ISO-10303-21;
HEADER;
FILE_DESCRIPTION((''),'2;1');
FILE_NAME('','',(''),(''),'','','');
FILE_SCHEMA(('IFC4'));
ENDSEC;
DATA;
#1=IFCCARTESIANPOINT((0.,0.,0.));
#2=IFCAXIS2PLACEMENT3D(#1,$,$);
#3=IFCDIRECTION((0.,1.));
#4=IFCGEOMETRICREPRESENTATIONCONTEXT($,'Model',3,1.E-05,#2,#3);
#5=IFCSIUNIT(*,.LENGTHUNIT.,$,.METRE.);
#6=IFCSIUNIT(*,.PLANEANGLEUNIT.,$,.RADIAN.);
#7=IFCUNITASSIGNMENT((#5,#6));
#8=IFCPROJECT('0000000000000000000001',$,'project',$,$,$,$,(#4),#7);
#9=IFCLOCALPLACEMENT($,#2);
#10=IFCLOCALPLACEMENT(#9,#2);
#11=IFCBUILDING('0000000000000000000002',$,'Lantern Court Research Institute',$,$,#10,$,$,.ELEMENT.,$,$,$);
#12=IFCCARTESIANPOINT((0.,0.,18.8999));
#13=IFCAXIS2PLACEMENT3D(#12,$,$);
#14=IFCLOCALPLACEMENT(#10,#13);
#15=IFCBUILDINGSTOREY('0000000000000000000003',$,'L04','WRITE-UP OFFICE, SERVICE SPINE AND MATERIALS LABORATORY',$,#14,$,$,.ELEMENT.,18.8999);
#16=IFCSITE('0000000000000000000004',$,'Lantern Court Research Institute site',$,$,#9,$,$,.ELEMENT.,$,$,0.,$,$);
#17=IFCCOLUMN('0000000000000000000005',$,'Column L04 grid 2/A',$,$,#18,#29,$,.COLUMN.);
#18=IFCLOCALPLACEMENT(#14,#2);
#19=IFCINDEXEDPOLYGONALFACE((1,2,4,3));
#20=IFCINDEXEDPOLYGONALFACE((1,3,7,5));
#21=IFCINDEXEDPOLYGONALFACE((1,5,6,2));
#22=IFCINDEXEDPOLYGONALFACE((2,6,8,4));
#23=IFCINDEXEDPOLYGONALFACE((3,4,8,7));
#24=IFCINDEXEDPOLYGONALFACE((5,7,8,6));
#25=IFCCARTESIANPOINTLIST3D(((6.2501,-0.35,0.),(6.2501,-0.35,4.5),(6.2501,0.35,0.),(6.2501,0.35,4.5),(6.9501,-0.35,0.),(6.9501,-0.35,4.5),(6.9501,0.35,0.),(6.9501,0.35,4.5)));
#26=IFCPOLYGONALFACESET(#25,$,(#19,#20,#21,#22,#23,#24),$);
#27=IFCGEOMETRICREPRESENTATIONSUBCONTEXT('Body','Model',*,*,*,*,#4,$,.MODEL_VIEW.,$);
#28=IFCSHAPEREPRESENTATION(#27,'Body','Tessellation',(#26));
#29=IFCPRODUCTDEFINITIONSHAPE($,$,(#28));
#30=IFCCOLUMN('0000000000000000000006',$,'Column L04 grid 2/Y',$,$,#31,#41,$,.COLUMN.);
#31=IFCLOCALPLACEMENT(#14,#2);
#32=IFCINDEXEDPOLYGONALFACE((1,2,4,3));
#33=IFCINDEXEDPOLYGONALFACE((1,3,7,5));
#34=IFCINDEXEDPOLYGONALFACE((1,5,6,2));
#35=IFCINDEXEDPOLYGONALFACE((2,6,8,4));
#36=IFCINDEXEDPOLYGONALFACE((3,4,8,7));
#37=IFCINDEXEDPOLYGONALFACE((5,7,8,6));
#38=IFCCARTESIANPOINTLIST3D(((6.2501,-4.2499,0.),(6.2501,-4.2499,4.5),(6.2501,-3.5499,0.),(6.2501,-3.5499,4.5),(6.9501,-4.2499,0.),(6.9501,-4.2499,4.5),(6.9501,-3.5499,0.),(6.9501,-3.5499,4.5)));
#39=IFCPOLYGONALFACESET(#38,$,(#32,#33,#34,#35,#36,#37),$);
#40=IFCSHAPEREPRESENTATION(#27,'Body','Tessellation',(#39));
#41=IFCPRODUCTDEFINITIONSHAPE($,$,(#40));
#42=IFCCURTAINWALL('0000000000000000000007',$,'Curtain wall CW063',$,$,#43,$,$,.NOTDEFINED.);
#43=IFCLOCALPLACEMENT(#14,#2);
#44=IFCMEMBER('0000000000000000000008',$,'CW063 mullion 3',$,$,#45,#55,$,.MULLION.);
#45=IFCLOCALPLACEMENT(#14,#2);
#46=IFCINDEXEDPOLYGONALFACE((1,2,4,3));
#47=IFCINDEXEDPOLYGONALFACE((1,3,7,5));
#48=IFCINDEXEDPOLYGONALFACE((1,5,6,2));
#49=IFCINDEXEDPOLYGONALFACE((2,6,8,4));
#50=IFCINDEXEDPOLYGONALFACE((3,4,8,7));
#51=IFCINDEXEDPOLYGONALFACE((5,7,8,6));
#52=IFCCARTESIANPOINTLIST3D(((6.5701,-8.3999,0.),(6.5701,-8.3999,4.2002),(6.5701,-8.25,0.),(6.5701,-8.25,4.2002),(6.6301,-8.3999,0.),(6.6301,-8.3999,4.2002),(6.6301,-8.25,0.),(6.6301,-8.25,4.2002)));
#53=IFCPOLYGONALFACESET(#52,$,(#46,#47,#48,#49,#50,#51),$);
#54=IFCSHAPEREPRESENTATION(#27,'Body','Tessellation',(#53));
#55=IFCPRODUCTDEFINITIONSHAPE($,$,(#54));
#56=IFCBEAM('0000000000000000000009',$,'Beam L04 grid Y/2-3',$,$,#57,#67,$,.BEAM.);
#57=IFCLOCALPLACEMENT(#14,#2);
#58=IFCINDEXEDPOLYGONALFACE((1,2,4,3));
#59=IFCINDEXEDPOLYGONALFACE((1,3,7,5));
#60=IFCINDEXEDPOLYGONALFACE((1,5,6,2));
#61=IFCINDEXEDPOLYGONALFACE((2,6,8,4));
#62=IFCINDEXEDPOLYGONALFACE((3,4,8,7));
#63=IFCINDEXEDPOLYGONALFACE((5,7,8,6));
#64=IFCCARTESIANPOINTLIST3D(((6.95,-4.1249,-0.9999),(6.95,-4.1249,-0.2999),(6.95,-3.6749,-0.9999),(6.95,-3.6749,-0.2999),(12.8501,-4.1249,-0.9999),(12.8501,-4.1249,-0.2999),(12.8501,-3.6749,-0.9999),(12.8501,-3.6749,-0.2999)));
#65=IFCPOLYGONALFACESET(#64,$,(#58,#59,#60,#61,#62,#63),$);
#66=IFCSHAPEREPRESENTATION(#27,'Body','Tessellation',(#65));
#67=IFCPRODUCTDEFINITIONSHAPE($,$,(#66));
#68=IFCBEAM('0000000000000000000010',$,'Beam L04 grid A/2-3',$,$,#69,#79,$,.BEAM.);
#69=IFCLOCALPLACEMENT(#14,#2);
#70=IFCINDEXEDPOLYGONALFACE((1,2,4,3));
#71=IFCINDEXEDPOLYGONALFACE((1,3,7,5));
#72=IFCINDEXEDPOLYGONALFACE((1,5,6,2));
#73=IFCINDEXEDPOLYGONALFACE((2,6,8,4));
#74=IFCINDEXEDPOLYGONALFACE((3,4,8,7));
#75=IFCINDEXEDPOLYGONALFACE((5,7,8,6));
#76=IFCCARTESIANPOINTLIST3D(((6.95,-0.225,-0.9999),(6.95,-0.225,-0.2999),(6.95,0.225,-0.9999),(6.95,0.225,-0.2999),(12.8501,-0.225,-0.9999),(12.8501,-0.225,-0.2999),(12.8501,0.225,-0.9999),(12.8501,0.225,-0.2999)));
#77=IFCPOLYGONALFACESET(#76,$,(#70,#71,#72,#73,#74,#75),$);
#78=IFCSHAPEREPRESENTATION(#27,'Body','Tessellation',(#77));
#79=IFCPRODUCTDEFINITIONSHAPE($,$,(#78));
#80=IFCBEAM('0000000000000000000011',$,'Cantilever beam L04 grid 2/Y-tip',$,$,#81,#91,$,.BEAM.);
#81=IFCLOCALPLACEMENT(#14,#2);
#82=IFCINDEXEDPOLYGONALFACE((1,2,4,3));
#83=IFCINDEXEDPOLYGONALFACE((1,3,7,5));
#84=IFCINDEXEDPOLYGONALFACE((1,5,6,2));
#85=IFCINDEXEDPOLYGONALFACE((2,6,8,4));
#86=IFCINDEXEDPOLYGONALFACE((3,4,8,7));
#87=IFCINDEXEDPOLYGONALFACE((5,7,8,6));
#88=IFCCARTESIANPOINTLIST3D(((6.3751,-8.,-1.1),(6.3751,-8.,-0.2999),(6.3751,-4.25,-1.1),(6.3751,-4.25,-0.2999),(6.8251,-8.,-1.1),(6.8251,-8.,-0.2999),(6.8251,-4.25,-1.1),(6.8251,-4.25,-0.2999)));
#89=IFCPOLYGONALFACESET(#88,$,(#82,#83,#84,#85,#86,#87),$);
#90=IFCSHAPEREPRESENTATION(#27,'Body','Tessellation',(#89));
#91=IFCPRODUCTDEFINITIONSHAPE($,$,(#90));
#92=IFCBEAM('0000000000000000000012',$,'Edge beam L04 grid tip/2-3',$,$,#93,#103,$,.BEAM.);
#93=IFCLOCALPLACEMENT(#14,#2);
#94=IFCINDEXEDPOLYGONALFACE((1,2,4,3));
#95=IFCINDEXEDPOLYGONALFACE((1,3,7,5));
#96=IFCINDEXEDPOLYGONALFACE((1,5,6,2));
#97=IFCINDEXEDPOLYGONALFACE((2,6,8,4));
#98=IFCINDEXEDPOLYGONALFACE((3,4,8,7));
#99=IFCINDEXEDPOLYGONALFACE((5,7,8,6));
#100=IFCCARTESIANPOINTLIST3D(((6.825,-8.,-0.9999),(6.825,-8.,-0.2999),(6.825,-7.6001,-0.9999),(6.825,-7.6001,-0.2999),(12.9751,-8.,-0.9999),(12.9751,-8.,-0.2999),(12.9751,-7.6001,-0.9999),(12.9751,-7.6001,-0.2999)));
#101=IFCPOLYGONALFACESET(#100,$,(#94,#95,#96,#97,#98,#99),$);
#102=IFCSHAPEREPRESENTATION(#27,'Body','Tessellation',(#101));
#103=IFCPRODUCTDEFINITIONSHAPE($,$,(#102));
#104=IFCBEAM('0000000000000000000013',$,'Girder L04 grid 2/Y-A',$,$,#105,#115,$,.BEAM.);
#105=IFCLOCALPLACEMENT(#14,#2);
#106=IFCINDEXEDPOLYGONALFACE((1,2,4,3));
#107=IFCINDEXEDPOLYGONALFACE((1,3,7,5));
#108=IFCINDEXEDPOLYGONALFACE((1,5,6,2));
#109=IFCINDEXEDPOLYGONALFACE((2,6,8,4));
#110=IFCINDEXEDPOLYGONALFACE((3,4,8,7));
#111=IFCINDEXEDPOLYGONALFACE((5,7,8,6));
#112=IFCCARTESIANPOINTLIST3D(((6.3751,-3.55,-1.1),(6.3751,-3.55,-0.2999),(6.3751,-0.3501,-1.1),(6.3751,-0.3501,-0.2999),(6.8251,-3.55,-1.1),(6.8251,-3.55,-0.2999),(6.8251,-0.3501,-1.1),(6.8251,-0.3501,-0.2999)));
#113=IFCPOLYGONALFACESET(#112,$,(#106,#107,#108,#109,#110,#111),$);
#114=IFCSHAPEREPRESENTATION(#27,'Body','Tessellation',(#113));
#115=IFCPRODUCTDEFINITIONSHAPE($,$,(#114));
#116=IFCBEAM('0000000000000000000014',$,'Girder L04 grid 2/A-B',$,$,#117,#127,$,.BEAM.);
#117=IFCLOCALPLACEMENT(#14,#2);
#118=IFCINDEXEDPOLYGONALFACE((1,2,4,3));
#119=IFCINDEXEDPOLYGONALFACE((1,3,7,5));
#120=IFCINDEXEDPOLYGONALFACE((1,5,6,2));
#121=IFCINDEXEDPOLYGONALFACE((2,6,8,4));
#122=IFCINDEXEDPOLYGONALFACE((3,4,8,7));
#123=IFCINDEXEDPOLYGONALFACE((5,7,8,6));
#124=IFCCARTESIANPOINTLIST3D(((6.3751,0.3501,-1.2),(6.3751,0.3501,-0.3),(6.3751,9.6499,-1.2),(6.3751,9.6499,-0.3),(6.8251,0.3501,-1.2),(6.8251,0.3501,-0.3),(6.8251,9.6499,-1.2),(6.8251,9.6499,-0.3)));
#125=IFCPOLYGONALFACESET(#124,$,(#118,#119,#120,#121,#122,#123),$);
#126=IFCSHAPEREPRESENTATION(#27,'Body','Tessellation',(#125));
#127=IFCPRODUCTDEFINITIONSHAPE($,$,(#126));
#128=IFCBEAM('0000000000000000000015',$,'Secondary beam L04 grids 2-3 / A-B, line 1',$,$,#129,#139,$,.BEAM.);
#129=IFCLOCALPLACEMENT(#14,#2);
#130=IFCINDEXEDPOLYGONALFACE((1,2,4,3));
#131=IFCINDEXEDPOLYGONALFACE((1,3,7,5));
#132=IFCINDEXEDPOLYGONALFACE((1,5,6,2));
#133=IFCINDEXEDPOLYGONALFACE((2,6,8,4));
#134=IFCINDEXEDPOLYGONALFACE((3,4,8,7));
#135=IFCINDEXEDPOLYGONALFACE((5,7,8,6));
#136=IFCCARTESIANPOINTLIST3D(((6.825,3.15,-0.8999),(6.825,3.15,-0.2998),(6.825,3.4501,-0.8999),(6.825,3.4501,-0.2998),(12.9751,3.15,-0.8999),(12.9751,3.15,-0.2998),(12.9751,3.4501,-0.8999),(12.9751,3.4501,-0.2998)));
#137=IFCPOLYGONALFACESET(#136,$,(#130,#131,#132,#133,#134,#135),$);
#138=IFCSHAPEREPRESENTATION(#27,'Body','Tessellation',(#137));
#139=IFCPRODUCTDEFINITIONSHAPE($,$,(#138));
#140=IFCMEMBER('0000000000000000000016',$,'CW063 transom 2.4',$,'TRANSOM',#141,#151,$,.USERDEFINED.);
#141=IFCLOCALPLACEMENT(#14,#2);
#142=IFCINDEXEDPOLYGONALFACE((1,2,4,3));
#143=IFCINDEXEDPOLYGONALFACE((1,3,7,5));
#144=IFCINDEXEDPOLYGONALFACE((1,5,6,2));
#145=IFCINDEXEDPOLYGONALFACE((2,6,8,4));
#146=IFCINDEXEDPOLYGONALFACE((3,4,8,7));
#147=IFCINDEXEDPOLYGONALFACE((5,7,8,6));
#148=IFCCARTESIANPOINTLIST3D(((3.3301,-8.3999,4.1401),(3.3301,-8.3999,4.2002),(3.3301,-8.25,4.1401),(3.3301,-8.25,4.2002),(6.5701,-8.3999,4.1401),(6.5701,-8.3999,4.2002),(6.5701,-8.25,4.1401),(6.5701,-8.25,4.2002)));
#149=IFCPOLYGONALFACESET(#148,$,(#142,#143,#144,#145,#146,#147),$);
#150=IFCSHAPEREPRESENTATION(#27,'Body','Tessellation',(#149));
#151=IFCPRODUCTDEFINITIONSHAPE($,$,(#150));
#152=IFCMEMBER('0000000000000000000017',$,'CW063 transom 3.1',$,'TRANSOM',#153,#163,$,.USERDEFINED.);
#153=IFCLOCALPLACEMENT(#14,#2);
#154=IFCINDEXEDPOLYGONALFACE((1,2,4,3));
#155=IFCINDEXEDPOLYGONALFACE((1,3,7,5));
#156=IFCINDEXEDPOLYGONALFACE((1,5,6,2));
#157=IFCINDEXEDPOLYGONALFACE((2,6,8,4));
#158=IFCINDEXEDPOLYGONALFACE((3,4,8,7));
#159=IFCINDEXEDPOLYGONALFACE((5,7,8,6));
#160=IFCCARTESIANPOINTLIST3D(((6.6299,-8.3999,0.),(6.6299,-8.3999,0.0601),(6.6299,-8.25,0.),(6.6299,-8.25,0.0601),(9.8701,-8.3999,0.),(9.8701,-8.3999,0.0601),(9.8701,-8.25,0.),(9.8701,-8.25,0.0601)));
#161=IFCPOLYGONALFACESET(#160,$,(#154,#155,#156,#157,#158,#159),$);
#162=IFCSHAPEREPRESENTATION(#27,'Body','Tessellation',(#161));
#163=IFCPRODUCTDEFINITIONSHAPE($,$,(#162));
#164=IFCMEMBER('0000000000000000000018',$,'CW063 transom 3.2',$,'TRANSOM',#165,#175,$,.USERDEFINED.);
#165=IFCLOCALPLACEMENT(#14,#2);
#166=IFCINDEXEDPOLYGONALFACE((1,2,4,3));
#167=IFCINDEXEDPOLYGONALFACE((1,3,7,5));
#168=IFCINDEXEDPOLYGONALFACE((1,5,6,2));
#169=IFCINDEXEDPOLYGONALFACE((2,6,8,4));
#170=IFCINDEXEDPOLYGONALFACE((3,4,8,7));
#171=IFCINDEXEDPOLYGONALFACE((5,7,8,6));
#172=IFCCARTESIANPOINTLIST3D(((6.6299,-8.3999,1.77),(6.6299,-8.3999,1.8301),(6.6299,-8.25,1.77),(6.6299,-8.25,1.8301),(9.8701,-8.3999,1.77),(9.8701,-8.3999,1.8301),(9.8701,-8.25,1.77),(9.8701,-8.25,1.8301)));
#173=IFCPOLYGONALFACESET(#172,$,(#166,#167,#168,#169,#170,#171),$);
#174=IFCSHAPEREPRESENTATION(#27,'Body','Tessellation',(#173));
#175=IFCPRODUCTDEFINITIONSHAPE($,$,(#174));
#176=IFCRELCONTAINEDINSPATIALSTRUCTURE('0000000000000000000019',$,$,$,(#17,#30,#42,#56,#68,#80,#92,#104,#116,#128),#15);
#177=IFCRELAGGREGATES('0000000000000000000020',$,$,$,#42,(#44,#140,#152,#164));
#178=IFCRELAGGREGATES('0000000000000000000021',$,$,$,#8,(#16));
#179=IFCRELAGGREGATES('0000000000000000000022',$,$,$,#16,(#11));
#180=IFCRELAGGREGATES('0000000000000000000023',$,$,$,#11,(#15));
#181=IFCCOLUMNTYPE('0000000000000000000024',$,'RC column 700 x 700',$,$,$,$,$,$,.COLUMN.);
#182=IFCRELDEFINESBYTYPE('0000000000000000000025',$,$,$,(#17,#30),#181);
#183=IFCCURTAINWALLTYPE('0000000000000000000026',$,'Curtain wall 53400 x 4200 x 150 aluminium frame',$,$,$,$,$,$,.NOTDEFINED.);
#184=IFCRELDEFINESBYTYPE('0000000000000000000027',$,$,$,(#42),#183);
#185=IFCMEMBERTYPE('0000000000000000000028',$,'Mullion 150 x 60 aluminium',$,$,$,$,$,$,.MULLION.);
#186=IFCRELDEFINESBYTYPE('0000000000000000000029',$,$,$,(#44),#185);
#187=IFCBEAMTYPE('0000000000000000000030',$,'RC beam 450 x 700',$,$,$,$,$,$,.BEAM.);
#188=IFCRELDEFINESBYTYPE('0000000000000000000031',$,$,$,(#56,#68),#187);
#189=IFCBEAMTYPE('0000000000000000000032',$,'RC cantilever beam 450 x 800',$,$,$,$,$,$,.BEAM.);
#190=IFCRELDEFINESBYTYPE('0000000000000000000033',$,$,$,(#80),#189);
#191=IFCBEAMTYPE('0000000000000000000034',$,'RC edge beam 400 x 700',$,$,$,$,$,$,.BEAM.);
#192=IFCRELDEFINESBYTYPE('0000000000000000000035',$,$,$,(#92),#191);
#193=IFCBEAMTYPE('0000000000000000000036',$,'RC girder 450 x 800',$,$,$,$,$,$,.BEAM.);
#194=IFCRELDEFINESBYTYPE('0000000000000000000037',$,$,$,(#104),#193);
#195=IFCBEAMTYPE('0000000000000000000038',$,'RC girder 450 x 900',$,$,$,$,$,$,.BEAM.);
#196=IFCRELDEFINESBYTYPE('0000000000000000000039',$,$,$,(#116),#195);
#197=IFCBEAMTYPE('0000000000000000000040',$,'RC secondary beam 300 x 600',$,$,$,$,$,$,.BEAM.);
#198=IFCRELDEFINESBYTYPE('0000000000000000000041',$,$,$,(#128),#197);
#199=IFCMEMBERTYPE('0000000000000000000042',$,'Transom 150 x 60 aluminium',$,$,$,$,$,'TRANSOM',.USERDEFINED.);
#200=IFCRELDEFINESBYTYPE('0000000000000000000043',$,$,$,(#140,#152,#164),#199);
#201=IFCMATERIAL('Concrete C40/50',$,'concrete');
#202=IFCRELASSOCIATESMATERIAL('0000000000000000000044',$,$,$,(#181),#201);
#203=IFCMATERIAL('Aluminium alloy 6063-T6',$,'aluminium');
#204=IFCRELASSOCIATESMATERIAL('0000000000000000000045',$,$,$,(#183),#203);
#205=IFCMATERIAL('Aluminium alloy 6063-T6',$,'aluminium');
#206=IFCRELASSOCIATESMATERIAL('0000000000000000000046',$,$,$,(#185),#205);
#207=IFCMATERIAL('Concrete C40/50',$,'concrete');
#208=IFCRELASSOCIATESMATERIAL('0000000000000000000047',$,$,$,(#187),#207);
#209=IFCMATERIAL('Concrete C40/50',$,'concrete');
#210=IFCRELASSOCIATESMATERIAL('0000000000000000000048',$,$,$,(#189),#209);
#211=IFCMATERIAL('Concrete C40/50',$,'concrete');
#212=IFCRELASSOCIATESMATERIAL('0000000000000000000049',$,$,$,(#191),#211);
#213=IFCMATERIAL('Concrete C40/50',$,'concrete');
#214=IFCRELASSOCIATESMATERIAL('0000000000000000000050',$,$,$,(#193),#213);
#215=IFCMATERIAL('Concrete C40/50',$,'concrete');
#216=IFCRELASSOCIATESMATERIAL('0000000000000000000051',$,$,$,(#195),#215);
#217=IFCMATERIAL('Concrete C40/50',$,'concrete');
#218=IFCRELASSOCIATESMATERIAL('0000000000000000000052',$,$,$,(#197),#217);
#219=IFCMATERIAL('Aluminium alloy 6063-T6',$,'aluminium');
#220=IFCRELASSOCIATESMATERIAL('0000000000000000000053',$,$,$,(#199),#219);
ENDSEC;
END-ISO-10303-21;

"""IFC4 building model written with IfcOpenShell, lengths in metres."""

from ifc_helpers import new_model, si_unit, direction, frame, origin, origin_2d, place, context, subcontext, project, spatial, rectangle, extrude, material, material_profile, profile_set, type_object, element, aggregate, save


model = new_model("IFC4")

# Units and contexts
model_context = context("Model", 3, precision=1e-05, world=origin(), true_north=direction((0.0, 1.0)))
body_context = subcontext(model_context, "Body", "Model", "MODEL_VIEW")
ifc_project = project(units=[si_unit("LENGTHUNIT", "METRE"), si_unit("PLANEANGLEUNIT", "RADIAN")], contexts=[model_context])

# Site, building, storey
site_placement = place(None, origin())
site = spatial("IfcSite", under=ifc_project, at=site_placement, Name="Lantern Court Research Institute site", CompositionType="ELEMENT", RefElevation=0.0)
building_placement = place(site_placement, origin())
building = spatial("IfcBuilding", under=site, at=building_placement, Name="Lantern Court Research Institute", CompositionType="ELEMENT")
storey_placement = place(building_placement, frame((0.0, 0.0, 18.8999)))
storey = spatial("IfcBuildingStorey", under=building, at=storey_placement, Name="L04", Description="WRITE-UP OFFICE, SERVICE SPINE AND MATERIALS LABORATORY", CompositionType="ELEMENT", Elevation=18.8999)

# Columns
ifc_material_1 = material(Name="Concrete C40/50", Category="concrete")
ifc_material_profile_1 = material_profile(ifc_material_1, rectangle(XDim=0.7, YDim=0.7, at=origin_2d()), Name="RC column 700 x 700")
ifc_profile_set_1 = profile_set([ifc_material_profile_1], Name="Concrete C40/50")
column_type = type_object("IfcColumnType", Name="RC column 700 x 700", PredefinedType="COLUMN", material=ifc_profile_set_1)
for number, where, z_axis, x_axis, name in (
    (1, (6.6001, 0.0, 0.0), (0.0, 0.0, 1.0), (1.0, 0.0, 0.0), "Column L04 grid 2/A"),
    (2, (6.6001, -3.8999, 0.0), (0.0, 0.0, 1.0), (1.0, 0.0, 0.0), "Column L04 grid 2/Y"),
):
    element("IfcColumn", number, at=place(storey_placement, frame(where, z_axis=z_axis, x_axis=x_axis)), inside=storey, type_object=column_type, Name=name, PredefinedType="COLUMN", context=body_context, shape_type="SweptSolid", body=[
        extrude(rectangle(XDim=0.7, YDim=0.7, at=origin_2d()), origin(), (0.0, 0.0, 1.0), 4.5),
    ])

# Curtain wall, member
ifc_material_2 = material(Name="Aluminium alloy 6063-T6", Category="aluminium")
curtain_wall_type = type_object("IfcCurtainWallType", Name="Curtain wall 53400 x 4200 x 150 aluminium frame", PredefinedType="NOTDEFINED", material=ifc_material_2)
curtain_wall_placement = place(storey_placement, origin())
curtain_wall = element("IfcCurtainWall", 3, at=curtain_wall_placement, inside=storey, type_object=curtain_wall_type, Name="Curtain wall CW063", PredefinedType="NOTDEFINED")
ifc_material_3 = material(Name="Aluminium alloy 6063-T6", Category="aluminium")
ifc_material_profile_2 = material_profile(ifc_material_3, rectangle(XDim=0.1499, YDim=0.0601, at=origin_2d()), Name="Mullion 150 x 60")
ifc_profile_set_2 = profile_set([ifc_material_profile_2], Name="Aluminium alloy 6063-T6")
member_type_1 = type_object("IfcMemberType", Name="Mullion 150 x 60 aluminium", PredefinedType="MULLION", material=ifc_profile_set_2)
member_1_placement = place(storey_placement, frame((6.6001, -8.325, 0.0), z_axis=(0.0, 0.0, 1.0), x_axis=(0.0, -1.0, 0.0)))
member_1 = element("IfcMember", 4, at=member_1_placement, type_object=member_type_1, Name="CW063 mullion 3", PredefinedType="MULLION", context=body_context, shape_type="SweptSolid", body=[
    extrude(rectangle(XDim=0.1499, YDim=0.0601, at=origin_2d()), origin(), (0.0, 0.0, 1.0), 4.2002),
])

# Beams
ifc_material_4 = material(Name="Concrete C40/50", Category="concrete")
ifc_material_profile_3 = material_profile(ifc_material_4, rectangle(XDim=0.45, YDim=0.7, at=origin_2d()), Name="RC beam 450 x 700")
ifc_profile_set_3 = profile_set([ifc_material_profile_3], Name="Concrete C40/50")
beam_type_1 = type_object("IfcBeamType", Name="RC beam 450 x 700", PredefinedType="BEAM", material=ifc_profile_set_3)
for number, where, z_axis, x_axis, name in (
    (5, (6.95, -3.8999, -0.6499), (1.0, 0.0, 0.0), (0.0, 1.0, 0.0), "Beam L04 grid Y/2-3"),
    (6, (6.95, 0.0, -0.6499), (1.0, 0.0, 0.0), (0.0, 1.0, 0.0), "Beam L04 grid A/2-3"),
):
    element("IfcBeam", number, at=place(storey_placement, frame(where, z_axis=z_axis, x_axis=x_axis)), inside=storey, type_object=beam_type_1, Name=name, PredefinedType="BEAM", context=body_context, shape_type="SweptSolid", body=[
        extrude(rectangle(XDim=0.45, YDim=0.7, at=origin_2d()), origin(), (0.0, 0.0, 1.0), 5.9001),
    ])
ifc_material_5 = material(Name="Concrete C40/50", Category="concrete")
ifc_material_profile_4 = material_profile(ifc_material_5, rectangle(XDim=0.45, YDim=0.8, at=origin_2d()), Name="RC beam 450 x 800")
ifc_profile_set_4 = profile_set([ifc_material_profile_4], Name="Concrete C40/50")
beam_type_2 = type_object("IfcBeamType", Name="RC cantilever beam 450 x 800", PredefinedType="BEAM", material=ifc_profile_set_4)
beam_1_placement = place(storey_placement, frame((6.6001, -4.25, -0.7), z_axis=(0.0, -1.0, 0.0), x_axis=(1.0, 0.0, 0.0)))
element("IfcBeam", 7, at=beam_1_placement, inside=storey, type_object=beam_type_2, Name="Cantilever beam L04 grid 2/Y-tip", PredefinedType="BEAM", context=body_context, shape_type="SweptSolid", body=[
    extrude(rectangle(XDim=0.45, YDim=0.8, at=origin_2d()), origin(), (0.0, 0.0, 1.0), 3.75),
])
ifc_material_6 = material(Name="Concrete C40/50", Category="concrete")
ifc_material_profile_5 = material_profile(ifc_material_6, rectangle(XDim=0.3999, YDim=0.7, at=origin_2d()), Name="RC beam 400 x 700")
ifc_profile_set_5 = profile_set([ifc_material_profile_5], Name="Concrete C40/50")
beam_type_3 = type_object("IfcBeamType", Name="RC edge beam 400 x 700", PredefinedType="BEAM", material=ifc_profile_set_5)
beam_2_placement = place(storey_placement, frame((6.825, -7.8, -0.6499), z_axis=(1.0, 0.0, 0.0), x_axis=(0.0, 1.0, 0.0)))
element("IfcBeam", 8, at=beam_2_placement, inside=storey, type_object=beam_type_3, Name="Edge beam L04 grid tip/2-3", PredefinedType="BEAM", context=body_context, shape_type="SweptSolid", body=[
    extrude(rectangle(XDim=0.3999, YDim=0.7, at=origin_2d()), origin(), (0.0, 0.0, 1.0), 6.1501),
])
ifc_material_7 = material(Name="Concrete C40/50", Category="concrete")
ifc_material_profile_6 = material_profile(ifc_material_7, rectangle(XDim=0.45, YDim=0.8, at=origin_2d()), Name="RC beam 450 x 800")
ifc_profile_set_6 = profile_set([ifc_material_profile_6], Name="Concrete C40/50")
beam_type_4 = type_object("IfcBeamType", Name="RC girder 450 x 800", PredefinedType="BEAM", material=ifc_profile_set_6)
beam_3_placement = place(storey_placement, frame((6.6001, -3.55, -0.7), z_axis=(0.0, 1.0, 0.0), x_axis=(-1.0, 0.0, 0.0)))
element("IfcBeam", 9, at=beam_3_placement, inside=storey, type_object=beam_type_4, Name="Girder L04 grid 2/Y-A", PredefinedType="BEAM", context=body_context, shape_type="SweptSolid", body=[
    extrude(rectangle(XDim=0.45, YDim=0.8, at=origin_2d()), origin(), (0.0, 0.0, 1.0), 3.2),
])
ifc_material_8 = material(Name="Concrete C40/50", Category="concrete")
ifc_material_profile_7 = material_profile(ifc_material_8, rectangle(XDim=0.45, YDim=0.8999, at=origin_2d()), Name="RC beam 450 x 900")
ifc_profile_set_7 = profile_set([ifc_material_profile_7], Name="Concrete C40/50")
beam_type_5 = type_object("IfcBeamType", Name="RC girder 450 x 900", PredefinedType="BEAM", material=ifc_profile_set_7)
beam_4_placement = place(storey_placement, frame((6.6001, 0.3501, -0.75), z_axis=(0.0, 1.0, 0.0), x_axis=(-1.0, 0.0, 0.0)))
element("IfcBeam", 10, at=beam_4_placement, inside=storey, type_object=beam_type_5, Name="Girder L04 grid 2/A-B", PredefinedType="BEAM", context=body_context, shape_type="SweptSolid", body=[
    extrude(rectangle(XDim=0.45, YDim=0.8999, at=origin_2d()), origin(), (0.0, 0.0, 1.0), 9.2998),
])
ifc_material_9 = material(Name="Concrete C40/50", Category="concrete")
ifc_material_profile_8 = material_profile(ifc_material_9, rectangle(XDim=0.3, YDim=0.6001, at=origin_2d()), Name="RC beam 300 x 600")
ifc_profile_set_8 = profile_set([ifc_material_profile_8], Name="Concrete C40/50")
beam_type_6 = type_object("IfcBeamType", Name="RC secondary beam 300 x 600", PredefinedType="BEAM", material=ifc_profile_set_8)
beam_5_placement = place(storey_placement, frame((6.825, 3.3, -0.5999), z_axis=(1.0, 0.0, 0.0), x_axis=(0.0, 1.0, 0.0)))
element("IfcBeam", 11, at=beam_5_placement, inside=storey, type_object=beam_type_6, Name="Secondary beam L04 grids 2-3 / A-B, line 1", PredefinedType="BEAM", context=body_context, shape_type="SweptSolid", body=[
    extrude(rectangle(XDim=0.3, YDim=0.6001, at=origin_2d()), origin(), (0.0, 0.0, 1.0), 6.1501),
])

# Members
ifc_material_10 = material(Name="Aluminium alloy 6063-T6", Category="aluminium")
ifc_material_profile_9 = material_profile(ifc_material_10, rectangle(XDim=0.1499, YDim=0.0601, at=origin_2d()), Name="Transom 150 x 60")
ifc_profile_set_9 = profile_set([ifc_material_profile_9], Name="Aluminium alloy 6063-T6")
member_type_2 = type_object("IfcMemberType", Name="Transom 150 x 60 aluminium", ElementType="TRANSOM", PredefinedType="USERDEFINED", material=ifc_profile_set_9)
member_2_placement = place(storey_placement, frame((6.5701, -8.325, 4.1702), z_axis=(-1.0, 0.0, 0.0), x_axis=(0.0, -1.0, 0.0)))
member_2 = element("IfcMember", 12, at=member_2_placement, type_object=member_type_2, Name="CW063 transom 2.4", ObjectType="TRANSOM", PredefinedType="USERDEFINED", context=body_context, shape_type="SweptSolid", body=[
    extrude(rectangle(XDim=0.1499, YDim=0.0601, at=origin_2d()), origin(), (0.0, 0.0, 1.0), 3.24),
])
member_3_placement = place(storey_placement, frame((9.8701, -8.325, 0.03), z_axis=(-1.0, 0.0, 0.0), x_axis=(0.0, -1.0, 0.0)))
member_3 = element("IfcMember", 13, at=member_3_placement, type_object=member_type_2, Name="CW063 transom 3.1", ObjectType="TRANSOM", PredefinedType="USERDEFINED", context=body_context, shape_type="SweptSolid", body=[
    extrude(rectangle(XDim=0.1499, YDim=0.0601, at=origin_2d()), origin(), (0.0, 0.0, 1.0), 3.2402),
])
member_4_placement = place(storey_placement, frame((9.8701, -8.325, 1.8), z_axis=(-1.0, 0.0, 0.0), x_axis=(0.0, -1.0, 0.0)))
member_4 = element("IfcMember", 14, at=member_4_placement, type_object=member_type_2, Name="CW063 transom 3.2", ObjectType="TRANSOM", PredefinedType="USERDEFINED", context=body_context, shape_type="SweptSolid", body=[
    extrude(rectangle(XDim=0.1499, YDim=0.0601, at=origin_2d()), origin(), (0.0, 0.0, 1.0), 3.2402),
])

aggregate(curtain_wall, [member_1, member_2, member_3, member_4])

save(model, "model.ifc")
